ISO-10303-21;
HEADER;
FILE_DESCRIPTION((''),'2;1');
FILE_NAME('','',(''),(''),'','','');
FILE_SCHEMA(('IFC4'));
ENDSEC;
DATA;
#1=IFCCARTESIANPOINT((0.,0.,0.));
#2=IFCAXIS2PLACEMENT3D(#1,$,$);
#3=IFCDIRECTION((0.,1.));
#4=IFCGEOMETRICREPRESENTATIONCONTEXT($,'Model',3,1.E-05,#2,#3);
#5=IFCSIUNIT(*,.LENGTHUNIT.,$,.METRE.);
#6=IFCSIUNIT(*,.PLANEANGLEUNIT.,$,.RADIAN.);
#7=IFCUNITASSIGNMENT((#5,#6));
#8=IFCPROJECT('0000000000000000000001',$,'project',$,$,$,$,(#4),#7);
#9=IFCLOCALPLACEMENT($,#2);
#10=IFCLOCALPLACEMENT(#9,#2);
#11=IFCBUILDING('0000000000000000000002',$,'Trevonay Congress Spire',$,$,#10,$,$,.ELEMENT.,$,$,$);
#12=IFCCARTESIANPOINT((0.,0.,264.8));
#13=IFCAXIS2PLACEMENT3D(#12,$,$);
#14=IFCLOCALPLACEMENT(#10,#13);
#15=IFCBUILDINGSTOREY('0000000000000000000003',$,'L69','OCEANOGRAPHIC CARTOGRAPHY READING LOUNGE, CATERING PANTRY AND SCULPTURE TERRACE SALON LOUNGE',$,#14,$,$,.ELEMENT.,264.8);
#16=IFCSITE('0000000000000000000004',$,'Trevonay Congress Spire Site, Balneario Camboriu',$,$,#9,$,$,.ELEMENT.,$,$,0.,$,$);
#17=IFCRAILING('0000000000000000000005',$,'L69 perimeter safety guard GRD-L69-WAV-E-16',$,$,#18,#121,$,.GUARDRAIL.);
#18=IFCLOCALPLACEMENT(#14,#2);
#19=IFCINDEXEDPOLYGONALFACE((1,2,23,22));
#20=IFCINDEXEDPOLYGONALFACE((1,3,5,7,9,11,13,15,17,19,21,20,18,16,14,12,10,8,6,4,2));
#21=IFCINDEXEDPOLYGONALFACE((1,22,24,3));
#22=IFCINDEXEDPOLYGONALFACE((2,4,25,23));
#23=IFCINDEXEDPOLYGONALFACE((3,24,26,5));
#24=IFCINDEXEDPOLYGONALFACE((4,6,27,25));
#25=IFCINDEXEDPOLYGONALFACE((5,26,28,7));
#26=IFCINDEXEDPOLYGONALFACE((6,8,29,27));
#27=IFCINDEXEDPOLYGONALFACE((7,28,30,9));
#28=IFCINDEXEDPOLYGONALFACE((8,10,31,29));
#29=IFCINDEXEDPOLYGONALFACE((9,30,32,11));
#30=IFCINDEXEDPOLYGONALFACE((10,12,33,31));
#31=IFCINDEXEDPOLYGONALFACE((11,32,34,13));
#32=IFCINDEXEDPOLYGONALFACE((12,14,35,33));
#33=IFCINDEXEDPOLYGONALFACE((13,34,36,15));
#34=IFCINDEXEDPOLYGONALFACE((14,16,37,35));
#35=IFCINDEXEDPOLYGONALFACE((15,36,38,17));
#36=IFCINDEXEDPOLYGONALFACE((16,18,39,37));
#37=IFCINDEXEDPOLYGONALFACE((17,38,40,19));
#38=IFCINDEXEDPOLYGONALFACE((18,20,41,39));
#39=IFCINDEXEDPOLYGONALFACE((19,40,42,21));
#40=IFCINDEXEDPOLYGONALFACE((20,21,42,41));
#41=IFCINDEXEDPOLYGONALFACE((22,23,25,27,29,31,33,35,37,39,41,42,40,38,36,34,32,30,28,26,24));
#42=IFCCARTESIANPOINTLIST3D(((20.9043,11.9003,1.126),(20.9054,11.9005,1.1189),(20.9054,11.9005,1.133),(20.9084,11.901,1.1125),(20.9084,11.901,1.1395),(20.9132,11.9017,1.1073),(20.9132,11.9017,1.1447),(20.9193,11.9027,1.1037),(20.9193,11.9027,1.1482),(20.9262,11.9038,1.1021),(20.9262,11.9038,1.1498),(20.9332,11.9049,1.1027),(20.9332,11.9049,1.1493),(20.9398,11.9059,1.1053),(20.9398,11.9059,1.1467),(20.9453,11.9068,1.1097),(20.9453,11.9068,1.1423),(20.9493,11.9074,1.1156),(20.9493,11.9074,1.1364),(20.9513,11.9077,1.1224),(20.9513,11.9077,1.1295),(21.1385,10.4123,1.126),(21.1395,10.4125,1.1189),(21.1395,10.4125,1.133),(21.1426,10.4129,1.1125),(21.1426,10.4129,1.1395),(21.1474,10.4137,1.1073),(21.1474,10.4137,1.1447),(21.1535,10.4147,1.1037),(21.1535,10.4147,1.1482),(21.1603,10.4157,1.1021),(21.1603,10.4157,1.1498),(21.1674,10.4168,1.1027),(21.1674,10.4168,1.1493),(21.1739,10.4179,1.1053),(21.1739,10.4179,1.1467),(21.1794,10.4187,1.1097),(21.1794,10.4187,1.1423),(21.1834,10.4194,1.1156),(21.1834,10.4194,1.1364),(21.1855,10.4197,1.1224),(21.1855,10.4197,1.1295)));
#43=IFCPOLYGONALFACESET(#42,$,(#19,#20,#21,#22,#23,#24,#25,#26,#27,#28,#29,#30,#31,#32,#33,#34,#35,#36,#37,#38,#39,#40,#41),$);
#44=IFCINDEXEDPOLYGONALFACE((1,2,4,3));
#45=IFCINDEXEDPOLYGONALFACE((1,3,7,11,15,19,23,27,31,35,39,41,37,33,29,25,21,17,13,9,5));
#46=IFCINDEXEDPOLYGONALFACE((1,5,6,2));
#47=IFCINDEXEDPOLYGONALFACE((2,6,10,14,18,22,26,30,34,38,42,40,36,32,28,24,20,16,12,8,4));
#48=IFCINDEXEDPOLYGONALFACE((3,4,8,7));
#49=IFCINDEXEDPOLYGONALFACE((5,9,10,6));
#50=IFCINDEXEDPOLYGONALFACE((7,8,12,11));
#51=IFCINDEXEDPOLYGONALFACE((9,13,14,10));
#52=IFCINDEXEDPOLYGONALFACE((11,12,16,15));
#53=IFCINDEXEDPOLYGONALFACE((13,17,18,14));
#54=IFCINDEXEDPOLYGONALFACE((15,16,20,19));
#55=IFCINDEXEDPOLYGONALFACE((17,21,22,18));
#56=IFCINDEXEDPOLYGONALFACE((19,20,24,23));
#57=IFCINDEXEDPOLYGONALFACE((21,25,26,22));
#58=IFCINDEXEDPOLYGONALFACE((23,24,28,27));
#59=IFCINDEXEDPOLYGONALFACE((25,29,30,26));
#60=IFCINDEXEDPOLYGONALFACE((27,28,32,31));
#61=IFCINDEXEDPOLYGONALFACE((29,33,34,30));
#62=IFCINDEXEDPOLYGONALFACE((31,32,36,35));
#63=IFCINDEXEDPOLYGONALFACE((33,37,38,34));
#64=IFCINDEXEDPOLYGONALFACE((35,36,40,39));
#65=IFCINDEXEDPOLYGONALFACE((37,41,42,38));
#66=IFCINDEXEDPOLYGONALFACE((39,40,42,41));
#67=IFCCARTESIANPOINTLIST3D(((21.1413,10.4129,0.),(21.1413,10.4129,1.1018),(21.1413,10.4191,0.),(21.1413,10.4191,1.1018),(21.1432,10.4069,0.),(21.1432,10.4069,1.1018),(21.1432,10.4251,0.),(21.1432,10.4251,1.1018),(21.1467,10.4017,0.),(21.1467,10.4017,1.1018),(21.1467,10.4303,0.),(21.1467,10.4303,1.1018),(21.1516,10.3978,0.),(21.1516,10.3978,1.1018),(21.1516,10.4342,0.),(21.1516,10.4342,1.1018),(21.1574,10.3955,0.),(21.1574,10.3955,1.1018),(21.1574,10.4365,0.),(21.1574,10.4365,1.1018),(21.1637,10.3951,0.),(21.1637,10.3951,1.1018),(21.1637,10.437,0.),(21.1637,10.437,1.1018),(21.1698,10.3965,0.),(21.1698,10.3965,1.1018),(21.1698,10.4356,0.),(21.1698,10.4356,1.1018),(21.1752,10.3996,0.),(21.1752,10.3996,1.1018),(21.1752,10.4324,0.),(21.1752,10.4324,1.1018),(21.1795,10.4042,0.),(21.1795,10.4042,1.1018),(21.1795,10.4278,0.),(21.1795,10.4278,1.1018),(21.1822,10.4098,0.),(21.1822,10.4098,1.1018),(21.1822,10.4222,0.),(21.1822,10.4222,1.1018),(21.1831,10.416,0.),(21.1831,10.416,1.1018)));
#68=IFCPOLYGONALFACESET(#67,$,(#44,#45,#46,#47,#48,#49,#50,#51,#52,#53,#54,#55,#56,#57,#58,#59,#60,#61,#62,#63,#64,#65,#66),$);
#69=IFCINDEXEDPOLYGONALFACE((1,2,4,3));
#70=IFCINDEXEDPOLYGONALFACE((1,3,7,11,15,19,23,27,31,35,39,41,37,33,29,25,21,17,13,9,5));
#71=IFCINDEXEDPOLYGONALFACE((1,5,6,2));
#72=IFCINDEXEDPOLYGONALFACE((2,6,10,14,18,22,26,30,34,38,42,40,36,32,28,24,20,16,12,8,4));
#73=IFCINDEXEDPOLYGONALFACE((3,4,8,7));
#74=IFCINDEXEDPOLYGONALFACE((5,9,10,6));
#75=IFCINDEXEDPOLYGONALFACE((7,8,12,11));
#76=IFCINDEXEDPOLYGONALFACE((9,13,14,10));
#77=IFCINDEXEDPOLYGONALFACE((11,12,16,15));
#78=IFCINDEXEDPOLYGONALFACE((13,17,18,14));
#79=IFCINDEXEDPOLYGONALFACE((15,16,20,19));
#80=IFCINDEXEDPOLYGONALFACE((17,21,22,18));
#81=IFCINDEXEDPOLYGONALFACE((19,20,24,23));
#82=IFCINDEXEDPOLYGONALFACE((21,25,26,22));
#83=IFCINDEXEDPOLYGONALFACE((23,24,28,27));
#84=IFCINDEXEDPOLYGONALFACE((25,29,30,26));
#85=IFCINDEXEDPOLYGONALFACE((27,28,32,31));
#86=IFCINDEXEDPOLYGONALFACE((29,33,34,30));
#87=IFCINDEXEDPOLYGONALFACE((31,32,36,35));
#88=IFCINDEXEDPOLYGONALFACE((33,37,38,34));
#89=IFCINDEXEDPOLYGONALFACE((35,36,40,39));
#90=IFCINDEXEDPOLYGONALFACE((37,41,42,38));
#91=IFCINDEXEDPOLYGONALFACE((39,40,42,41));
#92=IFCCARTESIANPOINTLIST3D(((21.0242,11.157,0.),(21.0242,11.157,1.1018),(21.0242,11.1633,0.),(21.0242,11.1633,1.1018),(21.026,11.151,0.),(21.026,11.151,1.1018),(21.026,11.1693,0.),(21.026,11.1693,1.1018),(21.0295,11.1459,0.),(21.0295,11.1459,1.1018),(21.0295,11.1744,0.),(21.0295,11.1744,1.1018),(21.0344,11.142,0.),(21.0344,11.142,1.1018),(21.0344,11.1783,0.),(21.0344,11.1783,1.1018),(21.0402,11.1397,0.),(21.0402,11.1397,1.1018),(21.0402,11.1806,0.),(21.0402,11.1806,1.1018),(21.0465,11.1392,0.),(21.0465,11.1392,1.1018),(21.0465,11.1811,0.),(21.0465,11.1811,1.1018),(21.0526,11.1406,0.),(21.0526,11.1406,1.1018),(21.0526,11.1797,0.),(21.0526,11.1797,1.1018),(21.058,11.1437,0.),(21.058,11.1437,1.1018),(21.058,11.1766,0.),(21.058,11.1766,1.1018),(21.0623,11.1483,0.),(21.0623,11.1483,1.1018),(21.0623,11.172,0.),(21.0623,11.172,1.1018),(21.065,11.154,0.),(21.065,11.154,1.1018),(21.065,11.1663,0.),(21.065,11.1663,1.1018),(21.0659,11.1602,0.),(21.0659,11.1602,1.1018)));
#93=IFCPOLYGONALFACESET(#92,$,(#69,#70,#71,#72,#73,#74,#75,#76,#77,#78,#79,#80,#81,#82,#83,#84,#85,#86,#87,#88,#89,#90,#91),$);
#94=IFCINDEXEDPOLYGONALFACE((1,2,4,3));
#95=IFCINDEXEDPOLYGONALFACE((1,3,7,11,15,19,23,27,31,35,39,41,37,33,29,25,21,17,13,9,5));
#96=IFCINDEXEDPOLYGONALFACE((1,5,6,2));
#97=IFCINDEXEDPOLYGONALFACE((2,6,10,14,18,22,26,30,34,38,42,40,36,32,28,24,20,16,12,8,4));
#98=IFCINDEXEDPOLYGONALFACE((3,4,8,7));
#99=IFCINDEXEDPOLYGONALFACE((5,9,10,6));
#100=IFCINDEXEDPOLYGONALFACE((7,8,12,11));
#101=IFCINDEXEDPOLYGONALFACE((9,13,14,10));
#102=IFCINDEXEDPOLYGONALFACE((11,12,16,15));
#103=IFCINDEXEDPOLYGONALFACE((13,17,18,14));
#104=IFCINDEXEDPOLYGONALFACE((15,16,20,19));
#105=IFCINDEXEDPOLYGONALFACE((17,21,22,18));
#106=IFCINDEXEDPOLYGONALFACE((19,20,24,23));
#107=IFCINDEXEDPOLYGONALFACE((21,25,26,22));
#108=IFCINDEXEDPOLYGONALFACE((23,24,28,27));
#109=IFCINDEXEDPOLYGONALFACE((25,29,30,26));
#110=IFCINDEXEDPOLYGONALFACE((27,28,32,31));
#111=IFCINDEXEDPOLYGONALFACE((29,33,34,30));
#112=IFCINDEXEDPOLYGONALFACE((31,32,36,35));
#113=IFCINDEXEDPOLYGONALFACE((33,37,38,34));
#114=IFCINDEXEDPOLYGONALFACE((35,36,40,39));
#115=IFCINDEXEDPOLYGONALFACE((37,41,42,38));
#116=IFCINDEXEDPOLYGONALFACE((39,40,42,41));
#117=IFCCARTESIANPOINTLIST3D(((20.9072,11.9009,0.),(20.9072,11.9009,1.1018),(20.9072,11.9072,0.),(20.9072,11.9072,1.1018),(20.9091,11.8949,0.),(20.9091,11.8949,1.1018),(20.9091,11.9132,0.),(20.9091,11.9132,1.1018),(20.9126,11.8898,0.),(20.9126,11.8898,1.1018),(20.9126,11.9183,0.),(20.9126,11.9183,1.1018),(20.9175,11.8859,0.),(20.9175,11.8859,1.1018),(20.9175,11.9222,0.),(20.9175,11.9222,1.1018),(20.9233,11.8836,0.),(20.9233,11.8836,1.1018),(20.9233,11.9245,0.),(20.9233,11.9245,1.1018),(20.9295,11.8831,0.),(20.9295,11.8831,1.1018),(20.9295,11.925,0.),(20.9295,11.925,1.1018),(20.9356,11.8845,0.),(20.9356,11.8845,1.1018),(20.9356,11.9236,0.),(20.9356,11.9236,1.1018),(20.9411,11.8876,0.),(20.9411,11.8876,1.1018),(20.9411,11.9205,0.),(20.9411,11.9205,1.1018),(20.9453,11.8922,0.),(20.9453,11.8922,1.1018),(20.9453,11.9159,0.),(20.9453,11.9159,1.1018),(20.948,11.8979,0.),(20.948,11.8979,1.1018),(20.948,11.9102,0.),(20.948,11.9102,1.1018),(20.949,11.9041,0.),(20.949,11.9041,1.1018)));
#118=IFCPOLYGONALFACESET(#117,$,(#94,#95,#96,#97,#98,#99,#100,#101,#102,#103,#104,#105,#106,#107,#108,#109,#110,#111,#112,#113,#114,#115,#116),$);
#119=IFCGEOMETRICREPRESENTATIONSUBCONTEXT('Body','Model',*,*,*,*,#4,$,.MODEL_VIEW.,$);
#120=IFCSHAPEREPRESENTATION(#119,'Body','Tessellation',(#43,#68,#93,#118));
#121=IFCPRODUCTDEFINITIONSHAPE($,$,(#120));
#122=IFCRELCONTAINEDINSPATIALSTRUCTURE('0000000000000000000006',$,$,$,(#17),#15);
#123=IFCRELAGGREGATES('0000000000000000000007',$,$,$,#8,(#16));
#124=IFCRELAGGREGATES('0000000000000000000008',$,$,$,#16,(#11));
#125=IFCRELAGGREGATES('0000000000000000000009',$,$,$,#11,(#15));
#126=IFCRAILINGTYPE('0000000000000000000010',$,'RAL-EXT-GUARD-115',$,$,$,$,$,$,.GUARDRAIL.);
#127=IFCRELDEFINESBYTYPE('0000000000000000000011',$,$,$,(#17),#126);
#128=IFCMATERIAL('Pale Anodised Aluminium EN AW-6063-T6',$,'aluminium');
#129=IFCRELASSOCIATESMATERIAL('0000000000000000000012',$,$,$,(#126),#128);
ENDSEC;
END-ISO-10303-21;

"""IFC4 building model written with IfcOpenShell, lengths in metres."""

from ifc_helpers import new_model, si_unit, direction, frame, origin, origin_2d, place, context, subcontext, project, spatial, circle, extrude, material, type_object, element, save


model = new_model("IFC4")

# Units and contexts
model_context = context("Model", 3, precision=1e-05, world=origin(), true_north=direction((0.0, 1.0)))
body_context = subcontext(model_context, "Body", "Model", "MODEL_VIEW")
ifc_project = project(units=[si_unit("LENGTHUNIT", "METRE"), si_unit("PLANEANGLEUNIT", "RADIAN")], contexts=[model_context])

# Site, building, storey
site_placement = place(None, origin())
site = spatial("IfcSite", under=ifc_project, at=site_placement, Name="Trevonay Congress Spire Site, Balneario Camboriu", CompositionType="ELEMENT", RefElevation=0.0)
building_placement = place(site_placement, origin())
building = spatial("IfcBuilding", under=site, at=building_placement, Name="Trevonay Congress Spire", CompositionType="ELEMENT")
storey_placement = place(building_placement, frame((0.0, 0.0, 264.8)))
storey = spatial("IfcBuildingStorey", under=building, at=storey_placement, Name="L69", Description="OCEANOGRAPHIC CARTOGRAPHY READING LOUNGE, CATERING PANTRY AND SCULPTURE TERRACE SALON LOUNGE", CompositionType="ELEMENT", Elevation=264.8)

# Shared definitions
ifc_material_1 = material(Name="Pale Anodised Aluminium EN AW-6063-T6", Category="aluminium")

# Railing
railing_type = type_object("IfcRailingType", Name="RAL-EXT-GUARD-115", PredefinedType="GUARDRAIL", material=ifc_material_1)
railing_1_placement = place(storey_placement, frame((21.1621, 10.416, 0.0)))
element("IfcRailing", 1, at=railing_1_placement, inside=storey, type_object=railing_type, Name="L69 perimeter safety guard GRD-L69-WAV-E-16", PredefinedType="GUARDRAIL", context=body_context, shape_type="SweptSolid", body=[
    extrude(circle(Radius=0.0239, at=origin_2d()), frame((0.0, 0.0, 1.126), z_axis=(-0.15543, 0.987847, 0.0), x_axis=(-0.987847, -0.15543, 0.0)), (0.0, 0.0, 1.0), 1.5063),
    extrude(circle(Radius=0.021, at=origin_2d()), origin(), (0.0, 0.0, 1.0), 1.1018),
    extrude(circle(Radius=0.021, at=origin_2d()), frame((-0.1172, 0.7441, 0.0)), (0.0, 0.0, 1.0), 1.1018),
    extrude(circle(Radius=0.021, at=origin_2d()), frame((-0.2341, 1.488, 0.0)), (0.0, 0.0, 1.0), 1.1018),
])

save(model, "model.ifc")
